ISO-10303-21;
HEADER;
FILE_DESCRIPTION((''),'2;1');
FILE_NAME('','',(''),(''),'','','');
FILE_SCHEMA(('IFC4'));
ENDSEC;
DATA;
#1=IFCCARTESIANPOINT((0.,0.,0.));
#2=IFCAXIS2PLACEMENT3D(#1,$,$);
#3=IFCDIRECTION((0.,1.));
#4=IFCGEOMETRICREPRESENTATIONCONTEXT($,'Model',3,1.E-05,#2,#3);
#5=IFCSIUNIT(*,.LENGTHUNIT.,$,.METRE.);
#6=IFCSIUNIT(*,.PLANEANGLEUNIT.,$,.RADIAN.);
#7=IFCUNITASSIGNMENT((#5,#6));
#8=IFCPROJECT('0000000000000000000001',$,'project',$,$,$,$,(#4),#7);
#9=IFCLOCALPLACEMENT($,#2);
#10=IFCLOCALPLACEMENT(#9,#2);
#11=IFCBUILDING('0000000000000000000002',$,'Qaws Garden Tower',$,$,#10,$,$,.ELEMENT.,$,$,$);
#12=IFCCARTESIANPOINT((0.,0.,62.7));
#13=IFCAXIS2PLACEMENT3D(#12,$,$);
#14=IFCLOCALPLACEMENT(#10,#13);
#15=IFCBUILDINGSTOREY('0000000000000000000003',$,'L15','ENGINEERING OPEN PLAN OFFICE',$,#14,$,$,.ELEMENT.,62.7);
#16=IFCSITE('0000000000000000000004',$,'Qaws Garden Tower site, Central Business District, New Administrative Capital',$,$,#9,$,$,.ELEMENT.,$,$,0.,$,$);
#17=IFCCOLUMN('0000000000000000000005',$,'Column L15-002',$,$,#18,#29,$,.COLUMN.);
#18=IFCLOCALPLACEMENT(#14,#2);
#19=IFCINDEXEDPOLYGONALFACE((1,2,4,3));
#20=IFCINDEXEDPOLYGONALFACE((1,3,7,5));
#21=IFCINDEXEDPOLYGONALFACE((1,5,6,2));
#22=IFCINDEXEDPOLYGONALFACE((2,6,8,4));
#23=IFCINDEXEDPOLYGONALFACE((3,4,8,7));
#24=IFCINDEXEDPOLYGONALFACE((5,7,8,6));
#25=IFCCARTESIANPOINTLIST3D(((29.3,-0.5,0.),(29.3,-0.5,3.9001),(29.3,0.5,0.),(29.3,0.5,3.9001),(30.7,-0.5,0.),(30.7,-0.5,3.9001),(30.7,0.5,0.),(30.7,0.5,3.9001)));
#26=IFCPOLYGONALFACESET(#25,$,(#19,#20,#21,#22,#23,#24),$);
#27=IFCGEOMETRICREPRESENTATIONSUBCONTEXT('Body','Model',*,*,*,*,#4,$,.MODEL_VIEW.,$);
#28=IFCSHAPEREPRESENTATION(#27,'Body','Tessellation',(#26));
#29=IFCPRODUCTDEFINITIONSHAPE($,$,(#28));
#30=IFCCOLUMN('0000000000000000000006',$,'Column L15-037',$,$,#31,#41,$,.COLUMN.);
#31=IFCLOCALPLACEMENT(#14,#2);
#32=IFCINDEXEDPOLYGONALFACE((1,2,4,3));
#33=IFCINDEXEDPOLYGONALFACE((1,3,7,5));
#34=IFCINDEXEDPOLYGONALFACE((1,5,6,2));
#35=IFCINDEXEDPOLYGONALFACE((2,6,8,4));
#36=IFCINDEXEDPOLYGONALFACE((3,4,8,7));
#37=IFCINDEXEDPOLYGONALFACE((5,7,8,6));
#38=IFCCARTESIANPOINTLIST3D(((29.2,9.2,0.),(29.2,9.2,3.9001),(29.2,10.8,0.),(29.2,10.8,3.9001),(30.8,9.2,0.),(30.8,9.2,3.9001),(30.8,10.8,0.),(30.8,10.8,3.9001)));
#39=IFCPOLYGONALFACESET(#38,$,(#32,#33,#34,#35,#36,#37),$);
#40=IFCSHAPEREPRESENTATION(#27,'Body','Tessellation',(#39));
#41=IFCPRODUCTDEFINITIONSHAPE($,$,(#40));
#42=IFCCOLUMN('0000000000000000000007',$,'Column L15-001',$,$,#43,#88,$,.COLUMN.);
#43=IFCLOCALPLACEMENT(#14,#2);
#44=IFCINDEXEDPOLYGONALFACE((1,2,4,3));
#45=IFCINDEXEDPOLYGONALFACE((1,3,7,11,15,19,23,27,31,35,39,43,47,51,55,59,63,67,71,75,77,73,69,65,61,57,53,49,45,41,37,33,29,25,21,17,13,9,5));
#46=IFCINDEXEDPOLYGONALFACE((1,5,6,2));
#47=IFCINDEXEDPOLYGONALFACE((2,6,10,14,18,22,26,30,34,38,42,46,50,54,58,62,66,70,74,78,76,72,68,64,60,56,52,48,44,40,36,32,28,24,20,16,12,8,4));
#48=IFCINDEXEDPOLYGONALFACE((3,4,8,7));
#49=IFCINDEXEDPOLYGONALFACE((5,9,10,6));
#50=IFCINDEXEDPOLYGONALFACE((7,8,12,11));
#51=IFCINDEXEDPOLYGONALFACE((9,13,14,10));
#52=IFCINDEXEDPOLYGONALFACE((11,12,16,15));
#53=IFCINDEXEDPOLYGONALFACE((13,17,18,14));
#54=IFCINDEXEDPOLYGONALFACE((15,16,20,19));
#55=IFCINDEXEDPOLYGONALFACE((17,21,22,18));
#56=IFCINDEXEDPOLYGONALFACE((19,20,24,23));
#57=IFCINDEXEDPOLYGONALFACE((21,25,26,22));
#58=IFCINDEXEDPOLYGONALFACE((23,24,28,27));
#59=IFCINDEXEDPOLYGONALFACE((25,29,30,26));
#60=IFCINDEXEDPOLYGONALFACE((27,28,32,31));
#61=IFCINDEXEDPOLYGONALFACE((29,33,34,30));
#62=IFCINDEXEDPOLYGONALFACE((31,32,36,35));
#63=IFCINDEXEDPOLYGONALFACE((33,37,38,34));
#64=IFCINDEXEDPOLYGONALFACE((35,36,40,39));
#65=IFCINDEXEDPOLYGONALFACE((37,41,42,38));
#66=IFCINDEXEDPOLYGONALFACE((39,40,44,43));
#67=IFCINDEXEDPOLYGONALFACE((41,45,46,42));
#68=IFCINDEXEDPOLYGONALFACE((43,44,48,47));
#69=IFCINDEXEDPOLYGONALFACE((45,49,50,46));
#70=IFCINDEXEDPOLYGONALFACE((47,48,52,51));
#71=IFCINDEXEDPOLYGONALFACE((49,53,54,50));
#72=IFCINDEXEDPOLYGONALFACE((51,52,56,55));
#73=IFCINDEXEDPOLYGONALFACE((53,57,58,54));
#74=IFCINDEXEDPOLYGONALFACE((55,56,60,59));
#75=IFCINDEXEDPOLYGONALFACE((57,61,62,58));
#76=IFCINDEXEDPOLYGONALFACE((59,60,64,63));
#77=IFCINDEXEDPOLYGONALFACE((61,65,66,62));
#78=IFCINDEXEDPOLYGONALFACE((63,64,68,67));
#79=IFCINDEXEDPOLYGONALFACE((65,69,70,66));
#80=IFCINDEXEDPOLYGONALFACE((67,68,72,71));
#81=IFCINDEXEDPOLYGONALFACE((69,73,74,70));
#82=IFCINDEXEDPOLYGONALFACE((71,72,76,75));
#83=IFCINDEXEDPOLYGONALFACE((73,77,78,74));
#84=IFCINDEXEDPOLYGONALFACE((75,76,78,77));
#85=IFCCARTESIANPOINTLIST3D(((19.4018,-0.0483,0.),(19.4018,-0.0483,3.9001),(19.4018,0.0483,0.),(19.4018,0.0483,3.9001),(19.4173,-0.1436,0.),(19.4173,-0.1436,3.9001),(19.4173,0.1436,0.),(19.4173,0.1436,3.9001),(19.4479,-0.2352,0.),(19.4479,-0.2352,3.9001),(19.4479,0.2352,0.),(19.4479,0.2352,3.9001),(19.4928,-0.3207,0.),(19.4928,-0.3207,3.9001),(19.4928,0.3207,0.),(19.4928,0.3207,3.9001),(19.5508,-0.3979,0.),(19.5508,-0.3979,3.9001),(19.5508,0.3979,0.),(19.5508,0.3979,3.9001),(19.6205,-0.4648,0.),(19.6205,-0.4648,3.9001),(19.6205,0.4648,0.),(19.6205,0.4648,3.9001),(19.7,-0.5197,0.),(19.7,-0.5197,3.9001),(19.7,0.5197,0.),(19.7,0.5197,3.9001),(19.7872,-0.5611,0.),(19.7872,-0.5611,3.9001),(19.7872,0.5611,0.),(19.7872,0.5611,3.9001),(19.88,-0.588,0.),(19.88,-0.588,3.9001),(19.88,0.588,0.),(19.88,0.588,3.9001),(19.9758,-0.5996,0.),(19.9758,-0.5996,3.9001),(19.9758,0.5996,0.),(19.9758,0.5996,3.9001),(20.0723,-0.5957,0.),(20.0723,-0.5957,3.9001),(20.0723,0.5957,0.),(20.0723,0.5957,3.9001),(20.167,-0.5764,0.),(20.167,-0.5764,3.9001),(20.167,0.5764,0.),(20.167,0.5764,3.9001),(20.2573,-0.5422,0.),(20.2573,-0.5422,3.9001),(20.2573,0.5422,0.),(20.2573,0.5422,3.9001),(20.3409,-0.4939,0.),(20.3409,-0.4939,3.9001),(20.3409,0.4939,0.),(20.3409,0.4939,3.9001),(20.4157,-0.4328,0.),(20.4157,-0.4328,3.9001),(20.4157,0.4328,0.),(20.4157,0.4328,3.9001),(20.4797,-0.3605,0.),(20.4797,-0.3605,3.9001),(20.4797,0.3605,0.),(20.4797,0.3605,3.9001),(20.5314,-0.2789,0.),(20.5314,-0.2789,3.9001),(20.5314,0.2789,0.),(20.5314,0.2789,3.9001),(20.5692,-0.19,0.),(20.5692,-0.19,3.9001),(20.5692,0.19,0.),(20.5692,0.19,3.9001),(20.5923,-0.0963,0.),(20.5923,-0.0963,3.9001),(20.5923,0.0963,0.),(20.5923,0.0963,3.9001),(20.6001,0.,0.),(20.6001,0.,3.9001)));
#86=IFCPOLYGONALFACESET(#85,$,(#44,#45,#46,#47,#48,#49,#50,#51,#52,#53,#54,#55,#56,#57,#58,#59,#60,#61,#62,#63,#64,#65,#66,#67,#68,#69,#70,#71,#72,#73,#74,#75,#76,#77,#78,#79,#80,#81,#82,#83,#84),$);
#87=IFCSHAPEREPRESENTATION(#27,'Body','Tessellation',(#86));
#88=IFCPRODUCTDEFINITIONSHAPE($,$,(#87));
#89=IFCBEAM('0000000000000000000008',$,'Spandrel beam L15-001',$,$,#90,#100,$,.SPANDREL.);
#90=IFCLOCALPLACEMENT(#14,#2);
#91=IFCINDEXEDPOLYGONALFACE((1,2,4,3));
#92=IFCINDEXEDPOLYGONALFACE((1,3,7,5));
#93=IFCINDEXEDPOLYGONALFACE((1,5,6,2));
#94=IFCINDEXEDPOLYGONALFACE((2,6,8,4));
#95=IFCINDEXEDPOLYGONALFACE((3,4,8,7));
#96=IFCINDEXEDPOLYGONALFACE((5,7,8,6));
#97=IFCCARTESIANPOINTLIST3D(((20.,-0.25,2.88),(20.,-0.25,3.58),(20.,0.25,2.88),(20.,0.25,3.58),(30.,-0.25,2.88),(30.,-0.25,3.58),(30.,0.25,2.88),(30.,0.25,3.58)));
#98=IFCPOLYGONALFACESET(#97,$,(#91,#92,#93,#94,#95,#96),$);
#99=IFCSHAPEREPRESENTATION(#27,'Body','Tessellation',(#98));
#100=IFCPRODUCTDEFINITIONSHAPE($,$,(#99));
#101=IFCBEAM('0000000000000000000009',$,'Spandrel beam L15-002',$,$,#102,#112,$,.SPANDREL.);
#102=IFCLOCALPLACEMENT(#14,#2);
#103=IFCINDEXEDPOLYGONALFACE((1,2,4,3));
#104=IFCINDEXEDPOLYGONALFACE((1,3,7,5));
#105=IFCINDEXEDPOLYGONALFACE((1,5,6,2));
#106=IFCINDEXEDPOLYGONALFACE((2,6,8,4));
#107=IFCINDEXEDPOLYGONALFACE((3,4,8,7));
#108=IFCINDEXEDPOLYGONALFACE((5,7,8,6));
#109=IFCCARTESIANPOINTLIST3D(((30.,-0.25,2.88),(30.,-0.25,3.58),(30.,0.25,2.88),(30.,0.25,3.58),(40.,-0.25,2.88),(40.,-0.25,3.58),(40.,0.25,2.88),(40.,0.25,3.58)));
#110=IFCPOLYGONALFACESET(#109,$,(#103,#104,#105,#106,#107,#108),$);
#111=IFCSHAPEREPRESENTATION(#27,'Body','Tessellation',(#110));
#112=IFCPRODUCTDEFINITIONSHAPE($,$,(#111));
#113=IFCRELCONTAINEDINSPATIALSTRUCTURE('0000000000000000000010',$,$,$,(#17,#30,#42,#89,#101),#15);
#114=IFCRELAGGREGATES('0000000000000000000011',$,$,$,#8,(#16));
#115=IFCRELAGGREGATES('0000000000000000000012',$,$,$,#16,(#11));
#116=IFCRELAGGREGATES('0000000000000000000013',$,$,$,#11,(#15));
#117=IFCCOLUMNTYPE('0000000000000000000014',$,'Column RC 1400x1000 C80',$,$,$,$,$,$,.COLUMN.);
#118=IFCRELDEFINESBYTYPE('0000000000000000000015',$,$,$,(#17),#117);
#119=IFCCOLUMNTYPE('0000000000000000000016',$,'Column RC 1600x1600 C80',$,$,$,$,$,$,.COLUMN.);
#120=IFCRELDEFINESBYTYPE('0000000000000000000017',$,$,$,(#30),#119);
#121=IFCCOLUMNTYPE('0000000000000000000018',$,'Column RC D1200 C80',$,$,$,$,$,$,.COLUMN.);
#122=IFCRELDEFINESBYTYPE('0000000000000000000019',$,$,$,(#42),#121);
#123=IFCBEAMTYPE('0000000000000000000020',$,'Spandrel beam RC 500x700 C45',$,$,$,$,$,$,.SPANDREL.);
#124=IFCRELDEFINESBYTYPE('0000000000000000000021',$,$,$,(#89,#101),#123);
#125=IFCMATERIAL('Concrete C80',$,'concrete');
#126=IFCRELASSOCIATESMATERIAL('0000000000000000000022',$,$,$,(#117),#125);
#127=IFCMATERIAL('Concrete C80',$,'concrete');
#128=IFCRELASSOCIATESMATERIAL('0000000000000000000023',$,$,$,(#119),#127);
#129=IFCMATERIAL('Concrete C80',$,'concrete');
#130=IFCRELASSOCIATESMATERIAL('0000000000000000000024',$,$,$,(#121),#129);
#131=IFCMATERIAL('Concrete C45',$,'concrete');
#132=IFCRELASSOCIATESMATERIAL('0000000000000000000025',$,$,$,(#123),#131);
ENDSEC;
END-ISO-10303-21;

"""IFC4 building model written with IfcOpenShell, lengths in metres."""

from ifc_helpers import new_model, si_unit, direction, frame, origin, origin_2d, place, context, subcontext, project, spatial, rectangle, circle, extrude, material, material_profile, profile_set, type_object, element, save


model = new_model("IFC4")

# Units and contexts
model_context = context("Model", 3, precision=1e-05, world=origin(), true_north=direction((0.0, 1.0)))
body_context = subcontext(model_context, "Body", "Model", "MODEL_VIEW")
ifc_project = project(units=[si_unit("LENGTHUNIT", "METRE"), si_unit("PLANEANGLEUNIT", "RADIAN")], contexts=[model_context])

# Site, building, storey
site_placement = place(None, origin())
site = spatial("IfcSite", under=ifc_project, at=site_placement, Name="Qaws Garden Tower site, Central Business District, New Administrative Capital", CompositionType="ELEMENT", RefElevation=0.0)
building_placement = place(site_placement, origin())
building = spatial("IfcBuilding", under=site, at=building_placement, Name="Qaws Garden Tower", CompositionType="ELEMENT")
storey_placement = place(building_placement, frame((0.0, 0.0, 62.7)))
storey = spatial("IfcBuildingStorey", under=building, at=storey_placement, Name="L15", Description="ENGINEERING OPEN PLAN OFFICE", CompositionType="ELEMENT", Elevation=62.7)

# Columns
ifc_material_1 = material(Name="Concrete C80", Category="concrete")
ifc_material_profile_1 = material_profile(ifc_material_1, rectangle(XDim=1.3999, YDim=1.0, at=origin_2d()), Name="RC 1400x1000")
ifc_profile_set_1 = profile_set([ifc_material_profile_1], Name="Concrete C80")
column_type_1 = type_object("IfcColumnType", Name="Column RC 1400x1000 C80", PredefinedType="COLUMN", material=ifc_profile_set_1)
column_1_placement = place(storey_placement, frame((30.0, 0.0, 0.0), z_axis=(0.0, 0.0, 1.0), x_axis=(1.0, 0.0, 0.0)))
element("IfcColumn", 1, at=column_1_placement, inside=storey, type_object=column_type_1, Name="Column L15-002", PredefinedType="COLUMN", context=body_context, shape_type="SweptSolid", body=[
    extrude(rectangle(XDim=1.3999, YDim=1.0, at=origin_2d()), origin(), (0.0, 0.0, 1.0), 3.9001),
])
ifc_material_2 = material(Name="Concrete C80", Category="concrete")
ifc_material_profile_2 = material_profile(ifc_material_2, rectangle(XDim=1.6001, YDim=1.6001, at=origin_2d()), Name="RC 1600x1600")
ifc_profile_set_2 = profile_set([ifc_material_profile_2], Name="Concrete C80")
column_type_2 = type_object("IfcColumnType", Name="Column RC 1600x1600 C80", PredefinedType="COLUMN", material=ifc_profile_set_2)
column_2_placement = place(storey_placement, frame((30.0, 10.0, 0.0), z_axis=(0.0, 0.0, 1.0), x_axis=(1.0, 0.0, 0.0)))
element("IfcColumn", 2, at=column_2_placement, inside=storey, type_object=column_type_2, Name="Column L15-037", PredefinedType="COLUMN", context=body_context, shape_type="SweptSolid", body=[
    extrude(rectangle(XDim=1.6001, YDim=1.6001, at=origin_2d()), origin(), (0.0, 0.0, 1.0), 3.9001),
])
ifc_material_3 = material(Name="Concrete C80", Category="concrete")
ifc_material_profile_3 = material_profile(ifc_material_3, circle(Radius=0.6001, at=origin_2d()), Name="RC D1200")
ifc_profile_set_3 = profile_set([ifc_material_profile_3], Name="Concrete C80")
column_type_3 = type_object("IfcColumnType", Name="Column RC D1200 C80", PredefinedType="COLUMN", material=ifc_profile_set_3)
column_3_placement = place(storey_placement, frame((20.0, 0.0, 0.0), z_axis=(0.0, 0.0, 1.0), x_axis=(1.0, 0.0, 0.0)))
element("IfcColumn", 3, at=column_3_placement, inside=storey, type_object=column_type_3, Name="Column L15-001", PredefinedType="COLUMN", context=body_context, shape_type="SweptSolid", body=[
    extrude(circle(Radius=0.6001, at=origin_2d()), origin(), (0.0, 0.0, 1.0), 3.9001),
])

# Beams
ifc_material_4 = material(Name="Concrete C45", Category="concrete")
ifc_material_profile_4 = material_profile(ifc_material_4, rectangle(XDim=0.5, YDim=0.7, at=origin_2d()), Name="RC 500x700")
ifc_profile_set_4 = profile_set([ifc_material_profile_4], Name="Concrete C45")
beam_type = type_object("IfcBeamType", Name="Spandrel beam RC 500x700 C45", PredefinedType="SPANDREL", material=ifc_profile_set_4)
for number, where, z_axis, x_axis, name in (
    (4, (20.0, 0.0, 3.23), (1.0, 0.0, 0.0), (0.0, 1.0, 0.0), "Spandrel beam L15-001"),
    (5, (30.0, 0.0, 3.23), (1.0, 0.0, 0.0), (0.0, 1.0, 0.0), "Spandrel beam L15-002"),
):
    element("IfcBeam", number, at=place(storey_placement, frame(where, z_axis=z_axis, x_axis=x_axis)), inside=storey, type_object=beam_type, Name=name, PredefinedType="SPANDREL", context=body_context, shape_type="SweptSolid", body=[
        extrude(rectangle(XDim=0.5, YDim=0.7, at=origin_2d()), origin(), (0.0, 0.0, 1.0), 10.0),
    ])

save(model, "model.ifc")
